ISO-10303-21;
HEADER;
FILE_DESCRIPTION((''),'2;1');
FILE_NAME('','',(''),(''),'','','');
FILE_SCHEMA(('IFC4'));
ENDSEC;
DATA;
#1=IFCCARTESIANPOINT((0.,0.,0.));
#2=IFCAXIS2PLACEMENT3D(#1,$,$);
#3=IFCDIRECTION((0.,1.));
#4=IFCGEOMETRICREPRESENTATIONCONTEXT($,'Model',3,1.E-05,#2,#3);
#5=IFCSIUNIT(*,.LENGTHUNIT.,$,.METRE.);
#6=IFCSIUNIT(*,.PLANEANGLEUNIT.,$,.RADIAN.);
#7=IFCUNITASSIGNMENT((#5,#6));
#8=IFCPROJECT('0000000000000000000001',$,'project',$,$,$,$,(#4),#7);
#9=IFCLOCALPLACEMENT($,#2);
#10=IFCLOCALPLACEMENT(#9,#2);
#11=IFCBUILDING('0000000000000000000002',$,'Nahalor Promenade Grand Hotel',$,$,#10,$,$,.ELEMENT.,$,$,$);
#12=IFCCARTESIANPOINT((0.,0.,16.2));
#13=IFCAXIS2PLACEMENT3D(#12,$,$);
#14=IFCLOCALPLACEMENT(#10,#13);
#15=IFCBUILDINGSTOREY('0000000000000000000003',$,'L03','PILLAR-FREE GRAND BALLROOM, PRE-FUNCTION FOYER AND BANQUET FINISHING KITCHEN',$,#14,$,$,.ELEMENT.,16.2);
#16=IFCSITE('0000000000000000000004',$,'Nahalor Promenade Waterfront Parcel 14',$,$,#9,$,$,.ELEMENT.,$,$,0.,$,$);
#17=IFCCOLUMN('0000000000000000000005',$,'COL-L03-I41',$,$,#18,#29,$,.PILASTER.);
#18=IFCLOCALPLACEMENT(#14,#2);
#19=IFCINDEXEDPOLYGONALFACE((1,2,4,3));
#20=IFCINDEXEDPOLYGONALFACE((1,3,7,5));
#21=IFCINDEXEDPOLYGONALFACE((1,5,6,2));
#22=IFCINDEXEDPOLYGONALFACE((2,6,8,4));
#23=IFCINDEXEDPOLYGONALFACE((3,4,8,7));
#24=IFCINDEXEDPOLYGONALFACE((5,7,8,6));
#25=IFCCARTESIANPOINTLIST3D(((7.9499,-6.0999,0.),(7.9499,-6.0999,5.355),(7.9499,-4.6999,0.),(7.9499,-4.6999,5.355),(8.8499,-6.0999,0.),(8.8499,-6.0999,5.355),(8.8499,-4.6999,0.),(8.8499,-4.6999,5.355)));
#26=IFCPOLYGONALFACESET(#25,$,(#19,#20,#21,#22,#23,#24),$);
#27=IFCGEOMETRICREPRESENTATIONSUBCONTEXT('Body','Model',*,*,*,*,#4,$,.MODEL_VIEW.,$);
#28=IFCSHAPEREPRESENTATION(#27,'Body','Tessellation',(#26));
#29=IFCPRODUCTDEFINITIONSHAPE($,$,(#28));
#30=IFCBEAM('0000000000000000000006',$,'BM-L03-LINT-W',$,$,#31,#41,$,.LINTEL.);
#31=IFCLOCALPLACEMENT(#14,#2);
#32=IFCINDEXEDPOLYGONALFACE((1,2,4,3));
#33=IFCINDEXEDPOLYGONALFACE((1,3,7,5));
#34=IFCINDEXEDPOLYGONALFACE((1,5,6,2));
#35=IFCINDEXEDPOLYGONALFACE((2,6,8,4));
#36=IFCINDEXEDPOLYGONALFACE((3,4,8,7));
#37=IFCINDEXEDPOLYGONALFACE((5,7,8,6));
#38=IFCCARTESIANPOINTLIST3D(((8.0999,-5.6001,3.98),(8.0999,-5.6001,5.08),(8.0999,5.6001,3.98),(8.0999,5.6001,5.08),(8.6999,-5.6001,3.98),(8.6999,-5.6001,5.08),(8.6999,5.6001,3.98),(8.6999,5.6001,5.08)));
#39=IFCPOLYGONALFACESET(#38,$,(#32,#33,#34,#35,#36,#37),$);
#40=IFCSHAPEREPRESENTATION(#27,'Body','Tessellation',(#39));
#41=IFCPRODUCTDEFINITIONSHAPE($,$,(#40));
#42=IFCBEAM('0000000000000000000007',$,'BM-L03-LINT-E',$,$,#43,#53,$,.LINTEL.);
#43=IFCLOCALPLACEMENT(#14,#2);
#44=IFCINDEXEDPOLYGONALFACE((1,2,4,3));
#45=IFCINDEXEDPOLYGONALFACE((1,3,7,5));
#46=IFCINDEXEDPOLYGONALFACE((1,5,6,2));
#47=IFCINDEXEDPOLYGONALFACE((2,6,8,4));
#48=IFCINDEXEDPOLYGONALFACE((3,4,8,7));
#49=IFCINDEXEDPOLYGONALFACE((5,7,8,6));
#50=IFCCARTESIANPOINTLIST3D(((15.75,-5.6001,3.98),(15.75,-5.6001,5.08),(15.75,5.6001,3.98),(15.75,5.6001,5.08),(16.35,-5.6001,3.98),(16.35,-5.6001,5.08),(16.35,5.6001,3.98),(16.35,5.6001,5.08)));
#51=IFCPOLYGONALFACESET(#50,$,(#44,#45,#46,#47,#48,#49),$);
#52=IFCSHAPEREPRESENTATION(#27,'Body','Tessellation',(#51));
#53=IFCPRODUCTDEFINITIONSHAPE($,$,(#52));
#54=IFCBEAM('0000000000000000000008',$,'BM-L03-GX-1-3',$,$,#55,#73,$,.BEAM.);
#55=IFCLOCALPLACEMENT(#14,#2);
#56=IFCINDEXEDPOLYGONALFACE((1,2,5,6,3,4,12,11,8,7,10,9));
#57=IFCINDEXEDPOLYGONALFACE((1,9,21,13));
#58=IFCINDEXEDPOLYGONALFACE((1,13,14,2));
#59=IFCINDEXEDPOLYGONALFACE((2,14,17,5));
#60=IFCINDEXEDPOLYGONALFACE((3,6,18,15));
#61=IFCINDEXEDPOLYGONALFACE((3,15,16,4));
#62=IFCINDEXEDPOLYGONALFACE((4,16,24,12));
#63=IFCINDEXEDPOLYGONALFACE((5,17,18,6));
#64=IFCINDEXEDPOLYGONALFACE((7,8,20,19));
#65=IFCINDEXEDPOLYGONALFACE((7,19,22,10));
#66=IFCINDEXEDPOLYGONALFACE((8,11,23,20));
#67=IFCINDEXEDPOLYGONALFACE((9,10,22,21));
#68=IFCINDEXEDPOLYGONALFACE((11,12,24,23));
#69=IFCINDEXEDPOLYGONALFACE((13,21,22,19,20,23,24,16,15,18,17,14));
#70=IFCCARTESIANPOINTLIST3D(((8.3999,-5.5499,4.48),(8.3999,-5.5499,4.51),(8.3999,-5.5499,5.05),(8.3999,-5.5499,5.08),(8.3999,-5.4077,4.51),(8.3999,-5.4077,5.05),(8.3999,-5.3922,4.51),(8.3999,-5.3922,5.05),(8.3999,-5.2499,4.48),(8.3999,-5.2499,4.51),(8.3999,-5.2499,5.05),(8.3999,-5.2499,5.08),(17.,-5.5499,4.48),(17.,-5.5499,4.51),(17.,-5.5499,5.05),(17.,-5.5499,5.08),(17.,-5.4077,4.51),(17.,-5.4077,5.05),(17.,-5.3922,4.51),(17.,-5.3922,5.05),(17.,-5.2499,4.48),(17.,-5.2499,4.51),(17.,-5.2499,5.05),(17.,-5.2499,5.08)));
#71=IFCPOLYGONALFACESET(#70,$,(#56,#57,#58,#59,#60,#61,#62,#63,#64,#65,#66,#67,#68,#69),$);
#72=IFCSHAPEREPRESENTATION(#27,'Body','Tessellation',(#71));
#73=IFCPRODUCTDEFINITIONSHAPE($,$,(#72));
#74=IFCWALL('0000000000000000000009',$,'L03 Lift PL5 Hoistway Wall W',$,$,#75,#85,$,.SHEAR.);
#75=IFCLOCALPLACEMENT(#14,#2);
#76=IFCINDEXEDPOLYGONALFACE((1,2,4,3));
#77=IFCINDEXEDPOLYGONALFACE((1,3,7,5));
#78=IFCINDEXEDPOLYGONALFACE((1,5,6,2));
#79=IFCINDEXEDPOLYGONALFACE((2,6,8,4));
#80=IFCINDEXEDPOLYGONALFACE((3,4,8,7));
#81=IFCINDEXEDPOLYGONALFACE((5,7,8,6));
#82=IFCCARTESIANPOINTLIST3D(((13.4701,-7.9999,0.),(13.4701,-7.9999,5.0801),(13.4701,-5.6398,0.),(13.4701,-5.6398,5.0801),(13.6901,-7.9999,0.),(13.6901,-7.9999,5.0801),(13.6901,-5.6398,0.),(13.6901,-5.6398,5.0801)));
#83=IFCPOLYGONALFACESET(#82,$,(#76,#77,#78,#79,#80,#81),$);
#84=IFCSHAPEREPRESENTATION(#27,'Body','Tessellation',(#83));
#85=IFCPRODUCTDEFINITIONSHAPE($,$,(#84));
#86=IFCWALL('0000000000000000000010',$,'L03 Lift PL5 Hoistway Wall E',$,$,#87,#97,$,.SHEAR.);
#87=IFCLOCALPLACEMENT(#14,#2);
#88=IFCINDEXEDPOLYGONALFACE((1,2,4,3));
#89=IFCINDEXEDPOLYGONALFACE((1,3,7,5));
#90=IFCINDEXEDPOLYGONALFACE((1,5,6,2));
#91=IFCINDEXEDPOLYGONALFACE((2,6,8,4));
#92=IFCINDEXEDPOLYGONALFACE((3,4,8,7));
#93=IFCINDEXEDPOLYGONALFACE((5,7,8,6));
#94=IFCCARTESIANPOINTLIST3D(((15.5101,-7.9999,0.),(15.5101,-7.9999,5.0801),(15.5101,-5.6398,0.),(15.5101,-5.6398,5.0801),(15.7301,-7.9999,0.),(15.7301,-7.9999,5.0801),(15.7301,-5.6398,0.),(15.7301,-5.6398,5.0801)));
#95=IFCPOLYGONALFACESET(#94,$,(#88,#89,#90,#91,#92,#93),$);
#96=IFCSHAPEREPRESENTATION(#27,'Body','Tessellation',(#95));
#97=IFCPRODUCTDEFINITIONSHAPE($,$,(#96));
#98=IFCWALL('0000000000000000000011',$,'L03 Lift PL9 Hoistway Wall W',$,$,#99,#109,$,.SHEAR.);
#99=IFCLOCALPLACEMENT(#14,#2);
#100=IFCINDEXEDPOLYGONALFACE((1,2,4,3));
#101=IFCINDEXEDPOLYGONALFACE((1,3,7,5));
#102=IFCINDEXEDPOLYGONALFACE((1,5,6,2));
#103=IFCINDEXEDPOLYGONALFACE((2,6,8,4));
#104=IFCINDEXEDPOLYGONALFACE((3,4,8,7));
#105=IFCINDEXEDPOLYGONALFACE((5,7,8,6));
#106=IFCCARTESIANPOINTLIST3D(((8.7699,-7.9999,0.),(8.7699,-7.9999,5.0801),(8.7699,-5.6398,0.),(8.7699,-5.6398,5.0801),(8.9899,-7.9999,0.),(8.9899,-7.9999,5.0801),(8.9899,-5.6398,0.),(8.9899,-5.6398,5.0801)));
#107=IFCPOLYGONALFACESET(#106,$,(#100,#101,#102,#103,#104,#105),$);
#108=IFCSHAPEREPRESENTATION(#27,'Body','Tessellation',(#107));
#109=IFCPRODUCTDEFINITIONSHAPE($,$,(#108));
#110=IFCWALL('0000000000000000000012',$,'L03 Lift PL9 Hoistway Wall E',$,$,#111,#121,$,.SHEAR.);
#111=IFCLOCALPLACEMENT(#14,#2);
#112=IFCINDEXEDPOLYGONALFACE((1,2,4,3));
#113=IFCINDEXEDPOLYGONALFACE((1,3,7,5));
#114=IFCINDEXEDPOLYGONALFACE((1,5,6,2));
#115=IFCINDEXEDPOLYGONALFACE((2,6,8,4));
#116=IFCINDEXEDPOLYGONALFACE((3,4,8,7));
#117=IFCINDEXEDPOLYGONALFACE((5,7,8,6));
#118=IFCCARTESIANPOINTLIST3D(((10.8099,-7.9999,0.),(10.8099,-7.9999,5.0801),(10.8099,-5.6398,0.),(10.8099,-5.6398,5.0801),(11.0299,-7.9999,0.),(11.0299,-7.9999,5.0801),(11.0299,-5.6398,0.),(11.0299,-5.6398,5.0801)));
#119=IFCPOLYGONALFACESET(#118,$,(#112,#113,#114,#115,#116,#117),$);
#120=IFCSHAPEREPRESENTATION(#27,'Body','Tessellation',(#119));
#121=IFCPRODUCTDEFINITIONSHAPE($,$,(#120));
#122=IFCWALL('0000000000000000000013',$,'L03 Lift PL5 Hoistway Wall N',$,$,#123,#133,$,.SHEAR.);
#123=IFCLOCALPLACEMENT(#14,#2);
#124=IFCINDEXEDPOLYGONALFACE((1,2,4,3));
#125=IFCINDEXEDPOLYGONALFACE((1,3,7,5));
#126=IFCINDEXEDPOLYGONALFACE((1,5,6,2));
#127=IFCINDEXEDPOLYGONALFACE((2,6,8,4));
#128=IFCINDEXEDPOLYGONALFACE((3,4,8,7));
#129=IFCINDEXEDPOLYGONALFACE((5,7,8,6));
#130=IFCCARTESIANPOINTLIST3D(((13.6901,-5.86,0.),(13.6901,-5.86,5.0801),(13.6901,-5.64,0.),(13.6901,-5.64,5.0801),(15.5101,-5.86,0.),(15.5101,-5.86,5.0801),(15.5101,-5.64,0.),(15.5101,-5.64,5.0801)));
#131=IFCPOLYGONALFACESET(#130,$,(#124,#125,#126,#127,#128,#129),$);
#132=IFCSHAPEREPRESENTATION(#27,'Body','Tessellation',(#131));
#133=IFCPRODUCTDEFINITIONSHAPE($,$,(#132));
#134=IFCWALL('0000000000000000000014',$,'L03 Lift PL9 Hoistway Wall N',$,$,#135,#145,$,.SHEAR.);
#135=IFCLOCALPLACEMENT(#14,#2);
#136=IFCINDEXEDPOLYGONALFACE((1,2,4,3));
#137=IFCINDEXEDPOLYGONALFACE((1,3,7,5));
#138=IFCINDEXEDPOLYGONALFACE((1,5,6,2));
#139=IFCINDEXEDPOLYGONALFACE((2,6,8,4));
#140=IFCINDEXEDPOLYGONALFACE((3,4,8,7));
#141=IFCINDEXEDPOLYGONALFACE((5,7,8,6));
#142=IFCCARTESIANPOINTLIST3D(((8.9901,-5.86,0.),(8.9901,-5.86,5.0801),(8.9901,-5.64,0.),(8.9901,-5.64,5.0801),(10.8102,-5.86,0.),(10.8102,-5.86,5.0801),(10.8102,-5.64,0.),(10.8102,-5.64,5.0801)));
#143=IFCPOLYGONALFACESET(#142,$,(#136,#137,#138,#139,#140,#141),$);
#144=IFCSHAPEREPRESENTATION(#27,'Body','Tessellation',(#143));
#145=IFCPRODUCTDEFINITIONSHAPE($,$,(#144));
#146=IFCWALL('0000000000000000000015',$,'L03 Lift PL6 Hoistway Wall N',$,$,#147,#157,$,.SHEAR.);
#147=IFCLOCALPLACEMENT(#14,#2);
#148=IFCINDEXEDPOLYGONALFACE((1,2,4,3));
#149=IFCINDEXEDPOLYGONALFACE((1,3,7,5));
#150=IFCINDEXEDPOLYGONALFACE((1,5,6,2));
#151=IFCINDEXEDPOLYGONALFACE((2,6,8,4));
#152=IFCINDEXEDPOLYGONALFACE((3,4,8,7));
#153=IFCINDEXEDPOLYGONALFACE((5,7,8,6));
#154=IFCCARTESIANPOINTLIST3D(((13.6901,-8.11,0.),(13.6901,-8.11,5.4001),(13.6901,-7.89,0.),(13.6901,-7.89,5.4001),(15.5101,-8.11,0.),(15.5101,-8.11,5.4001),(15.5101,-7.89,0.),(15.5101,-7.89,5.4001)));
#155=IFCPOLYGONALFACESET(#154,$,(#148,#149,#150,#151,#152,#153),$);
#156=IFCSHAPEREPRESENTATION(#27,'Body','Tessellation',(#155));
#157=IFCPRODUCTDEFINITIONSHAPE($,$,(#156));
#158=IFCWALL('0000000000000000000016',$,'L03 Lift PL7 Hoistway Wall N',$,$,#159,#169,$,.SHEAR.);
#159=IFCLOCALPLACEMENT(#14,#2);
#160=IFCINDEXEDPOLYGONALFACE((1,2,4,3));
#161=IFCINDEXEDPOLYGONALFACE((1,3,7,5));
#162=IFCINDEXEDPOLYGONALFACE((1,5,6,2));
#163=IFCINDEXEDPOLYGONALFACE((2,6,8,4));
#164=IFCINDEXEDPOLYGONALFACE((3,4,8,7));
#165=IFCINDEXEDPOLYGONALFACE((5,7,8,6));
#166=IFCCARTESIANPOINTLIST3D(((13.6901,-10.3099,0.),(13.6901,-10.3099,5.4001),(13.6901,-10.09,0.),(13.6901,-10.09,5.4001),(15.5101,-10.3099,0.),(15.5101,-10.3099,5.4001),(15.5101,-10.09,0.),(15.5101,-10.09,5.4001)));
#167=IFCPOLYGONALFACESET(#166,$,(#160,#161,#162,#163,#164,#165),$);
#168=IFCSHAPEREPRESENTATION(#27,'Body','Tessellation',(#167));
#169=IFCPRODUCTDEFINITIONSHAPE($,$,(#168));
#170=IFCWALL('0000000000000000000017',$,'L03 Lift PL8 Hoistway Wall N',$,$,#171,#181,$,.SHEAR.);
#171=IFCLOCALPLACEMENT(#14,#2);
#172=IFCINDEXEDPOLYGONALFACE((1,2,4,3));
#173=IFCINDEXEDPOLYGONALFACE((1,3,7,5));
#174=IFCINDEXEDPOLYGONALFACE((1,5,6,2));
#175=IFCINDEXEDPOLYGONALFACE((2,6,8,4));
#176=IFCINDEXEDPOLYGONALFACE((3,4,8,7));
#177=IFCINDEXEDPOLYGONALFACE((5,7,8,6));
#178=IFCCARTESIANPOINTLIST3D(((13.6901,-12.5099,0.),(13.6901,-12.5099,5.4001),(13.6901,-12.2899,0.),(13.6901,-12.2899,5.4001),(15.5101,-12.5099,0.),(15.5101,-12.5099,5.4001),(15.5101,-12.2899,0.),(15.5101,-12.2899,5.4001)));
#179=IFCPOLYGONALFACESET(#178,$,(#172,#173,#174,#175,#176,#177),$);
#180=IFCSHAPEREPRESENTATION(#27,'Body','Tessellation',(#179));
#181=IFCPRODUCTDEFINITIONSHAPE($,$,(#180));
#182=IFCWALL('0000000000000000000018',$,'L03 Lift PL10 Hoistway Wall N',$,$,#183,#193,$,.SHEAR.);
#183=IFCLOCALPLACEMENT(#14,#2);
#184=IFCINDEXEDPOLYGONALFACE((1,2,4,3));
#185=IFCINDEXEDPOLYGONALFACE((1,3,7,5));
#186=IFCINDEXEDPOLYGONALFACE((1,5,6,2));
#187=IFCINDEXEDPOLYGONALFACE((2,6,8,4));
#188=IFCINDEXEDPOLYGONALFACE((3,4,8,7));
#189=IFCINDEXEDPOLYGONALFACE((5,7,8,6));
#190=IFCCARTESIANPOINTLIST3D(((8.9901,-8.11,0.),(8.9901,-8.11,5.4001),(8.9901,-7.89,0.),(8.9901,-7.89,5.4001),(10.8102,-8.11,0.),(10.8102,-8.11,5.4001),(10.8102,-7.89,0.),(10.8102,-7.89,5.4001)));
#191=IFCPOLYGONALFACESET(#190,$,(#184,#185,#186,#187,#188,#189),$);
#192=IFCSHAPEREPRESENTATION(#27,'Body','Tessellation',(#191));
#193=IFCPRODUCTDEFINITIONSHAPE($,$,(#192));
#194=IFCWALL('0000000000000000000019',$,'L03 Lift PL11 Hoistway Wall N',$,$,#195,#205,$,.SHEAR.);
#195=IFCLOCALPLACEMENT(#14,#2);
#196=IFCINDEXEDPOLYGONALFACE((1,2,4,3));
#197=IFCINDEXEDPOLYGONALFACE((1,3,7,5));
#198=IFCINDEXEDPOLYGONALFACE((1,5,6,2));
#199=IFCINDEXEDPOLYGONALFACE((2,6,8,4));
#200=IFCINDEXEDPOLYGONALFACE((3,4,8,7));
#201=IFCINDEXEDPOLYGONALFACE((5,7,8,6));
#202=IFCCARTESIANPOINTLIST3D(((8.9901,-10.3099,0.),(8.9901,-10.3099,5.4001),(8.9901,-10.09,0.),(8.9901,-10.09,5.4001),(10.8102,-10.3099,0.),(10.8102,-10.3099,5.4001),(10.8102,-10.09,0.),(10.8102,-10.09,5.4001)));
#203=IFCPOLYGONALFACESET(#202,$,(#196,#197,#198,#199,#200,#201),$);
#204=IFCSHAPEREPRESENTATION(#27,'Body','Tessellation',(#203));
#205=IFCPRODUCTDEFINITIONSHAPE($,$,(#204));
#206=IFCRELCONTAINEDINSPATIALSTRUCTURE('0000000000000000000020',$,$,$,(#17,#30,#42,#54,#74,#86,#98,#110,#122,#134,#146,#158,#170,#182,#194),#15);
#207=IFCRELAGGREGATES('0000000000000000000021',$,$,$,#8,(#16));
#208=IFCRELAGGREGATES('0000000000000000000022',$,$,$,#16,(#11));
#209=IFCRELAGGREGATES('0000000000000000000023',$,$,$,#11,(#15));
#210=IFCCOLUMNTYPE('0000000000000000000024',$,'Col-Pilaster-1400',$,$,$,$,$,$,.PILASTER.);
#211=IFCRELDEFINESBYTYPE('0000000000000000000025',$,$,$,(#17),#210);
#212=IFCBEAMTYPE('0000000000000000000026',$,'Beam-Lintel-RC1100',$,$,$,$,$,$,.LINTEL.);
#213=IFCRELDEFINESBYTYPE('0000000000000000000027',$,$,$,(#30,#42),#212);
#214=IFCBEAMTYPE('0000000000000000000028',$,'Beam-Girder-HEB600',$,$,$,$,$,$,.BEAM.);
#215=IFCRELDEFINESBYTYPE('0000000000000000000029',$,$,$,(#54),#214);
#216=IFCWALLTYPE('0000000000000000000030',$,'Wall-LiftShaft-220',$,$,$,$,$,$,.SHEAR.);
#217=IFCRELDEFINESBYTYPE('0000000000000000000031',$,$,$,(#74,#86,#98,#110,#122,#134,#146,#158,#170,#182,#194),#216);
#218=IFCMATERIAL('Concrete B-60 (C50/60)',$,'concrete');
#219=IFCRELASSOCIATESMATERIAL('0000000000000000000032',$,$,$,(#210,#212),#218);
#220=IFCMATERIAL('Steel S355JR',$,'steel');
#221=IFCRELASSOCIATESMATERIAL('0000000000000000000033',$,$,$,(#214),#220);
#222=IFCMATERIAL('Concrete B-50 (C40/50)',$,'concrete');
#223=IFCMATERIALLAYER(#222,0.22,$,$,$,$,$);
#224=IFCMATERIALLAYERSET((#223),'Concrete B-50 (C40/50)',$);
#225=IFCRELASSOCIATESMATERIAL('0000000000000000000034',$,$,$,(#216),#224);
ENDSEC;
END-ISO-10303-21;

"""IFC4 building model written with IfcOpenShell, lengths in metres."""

from ifc_helpers import new_model, si_unit, direction, frame, frame_2d, origin, origin_2d, place, context, subcontext, project, spatial, rectangle, i_section, extrude, source, transform, mapped, material, layer, layer_set, material_profile, profile_set, type_object, element, save


model = new_model("IFC4")

# Units and contexts
model_context = context("Model", 3, precision=1e-05, world=origin(), true_north=direction((0.0, 1.0)))
body_context = subcontext(model_context, "Body", "Model", "MODEL_VIEW")
ifc_project = project(units=[si_unit("LENGTHUNIT", "METRE"), si_unit("PLANEANGLEUNIT", "RADIAN")], contexts=[model_context])

# Site, building, storey
site_placement = place(None, origin())
site = spatial("IfcSite", under=ifc_project, at=site_placement, Name="Nahalor Promenade Waterfront Parcel 14", CompositionType="ELEMENT", RefElevation=0.0)
building_placement = place(site_placement, origin())
building = spatial("IfcBuilding", under=site, at=building_placement, Name="Nahalor Promenade Grand Hotel", CompositionType="ELEMENT")
storey_placement = place(building_placement, frame((0.0, 0.0, 16.2)))
storey = spatial("IfcBuildingStorey", under=building, at=storey_placement, Name="L03", Description="PILLAR-FREE GRAND BALLROOM, PRE-FUNCTION FOYER AND BANQUET FINISHING KITCHEN", CompositionType="ELEMENT", Elevation=16.2)

# Column
ifc_material_1 = material(Name="Concrete B-60 (C50/60)", Category="concrete")
ifc_material_profile_1 = material_profile(ifc_material_1, rectangle(XDim=0.9, YDim=1.4, at=origin_2d()), Name="RC 900x1400")
ifc_profile_set_1 = profile_set([ifc_material_profile_1], Name="Concrete B-60 (C50/60)")
column_type = type_object("IfcColumnType", Name="Col-Pilaster-1400", PredefinedType="PILASTER", material=ifc_profile_set_1)
shared_shape_1 = source(origin(), body_context, "Body", "SweptSolid", [
    extrude(rectangle(XDim=0.9, YDim=1.4, at=origin_2d()), origin(), (0.0, 0.0, 1.0), 5.355),
])
column_placement = place(storey_placement, frame((8.3999, -5.3999, 0.0), z_axis=(0.0, 0.0, 1.0), x_axis=(1.0, 0.0, 0.0)))
element("IfcColumn", 1, at=column_placement, inside=storey, type_object=column_type, Name="COL-L03-I41", PredefinedType="PILASTER", context=body_context, shape_type="MappedRepresentation", body=[
    mapped(shared_shape_1, transform((0.0, 0.0, 0.0), scale=1.0)),
])

# Beams
ifc_material_profile_2 = material_profile(ifc_material_1, rectangle(XDim=0.6, YDim=1.1, at=origin_2d()), Name="RC 600x1100")
ifc_profile_set_2 = profile_set([ifc_material_profile_2], Name="Concrete B-60 (C50/60)")
beam_type_1 = type_object("IfcBeamType", Name="Beam-Lintel-RC1100", PredefinedType="LINTEL", material=ifc_profile_set_2)
shared_shape_2 = source(origin(), body_context, "Body", "SweptSolid", [
    extrude(rectangle(XDim=0.6, YDim=1.1, at=origin_2d()), origin(), (0.0, 0.0, 1.0), 11.2002),
])
for number, where, z_axis, x_axis, name in (
    (2, (8.3999, -5.6001, 4.53), (0.0, 1.0, 0.0), (-1.0, 0.0, 0.0), "BM-L03-LINT-W"),
    (3, (16.05, -5.6001, 4.53), (0.0, 1.0, 0.0), (-1.0, 0.0, 0.0), "BM-L03-LINT-E"),
):
    element("IfcBeam", number, at=place(storey_placement, frame(where, z_axis=z_axis, x_axis=x_axis)), inside=storey, type_object=beam_type_1, Name=name, PredefinedType="LINTEL", context=body_context, shape_type="MappedRepresentation", body=[
        mapped(shared_shape_2, transform((0.0, 0.0, 0.0), scale=1.0)),
    ])
ifc_material_2 = material(Name="Steel S355JR", Category="steel")
ifc_material_profile_3 = material_profile(ifc_material_2, i_section(OverallWidth=0.3, OverallDepth=0.6, WebThickness=0.0155, FlangeThickness=0.03, at=origin_2d()), Name="HEB 600")
ifc_profile_set_3 = profile_set([ifc_material_profile_3], Name="Steel S355JR")
beam_type_2 = type_object("IfcBeamType", Name="Beam-Girder-HEB600", PredefinedType="BEAM", material=ifc_profile_set_3)
shared_shape_3 = source(origin(), body_context, "Body", "SweptSolid", [
    extrude(i_section(OverallWidth=0.3, OverallDepth=0.6, WebThickness=0.0155, FlangeThickness=0.03, at=origin_2d()), origin(), (0.0, 0.0, 1.0), 8.6001),
])
beam_placement = place(storey_placement, frame((8.3999, -5.3999, 4.78), z_axis=(1.0, 0.0, 0.0), x_axis=(0.0, 1.0, 0.0)))
element("IfcBeam", 4, at=beam_placement, inside=storey, type_object=beam_type_2, Name="BM-L03-GX-1-3", PredefinedType="BEAM", context=body_context, shape_type="MappedRepresentation", body=[
    mapped(shared_shape_3, transform((0.0, 0.0, 0.0), scale=1.0)),
])

# Walls
ifc_material_3 = material(Name="Concrete B-50 (C40/50)", Category="concrete")
ifc_layer_1 = layer(ifc_material_3, 0.22)
ifc_layer_set_1 = layer_set([ifc_layer_1], Name="Concrete B-50 (C40/50)")
wall_type_1 = type_object("IfcWallType", Name="Wall-LiftShaft-220", PredefinedType="SHEAR", material=ifc_layer_set_1)
shared_shape_4 = source(origin(), body_context, "Body", "SweptSolid", [
    extrude(rectangle(XDim=2.3601, YDim=0.22, at=frame_2d((1.1802, 0.0))), origin(), (0.0, 0.0, 1.0), 5.0801),
])
for number, where, z_axis, x_axis, name in (
    (5, (13.5801, -8.0, 0.0), (0.0, 0.0, 1.0), (0.0, 1.0, 0.0), "L03 Lift PL5 Hoistway Wall W"),
    (6, (15.6201, -8.0, 0.0), (0.0, 0.0, 1.0), (0.0, 1.0, 0.0), "L03 Lift PL5 Hoistway Wall E"),
    (7, (8.8799, -8.0, 0.0), (0.0, 0.0, 1.0), (0.0, 1.0, 0.0), "L03 Lift PL9 Hoistway Wall W"),
    (8, (10.9199, -8.0, 0.0), (0.0, 0.0, 1.0), (0.0, 1.0, 0.0), "L03 Lift PL9 Hoistway Wall E"),
):
    element("IfcWall", number, at=place(storey_placement, frame(where, z_axis=z_axis, x_axis=x_axis)), inside=storey, type_object=wall_type_1, Name=name, PredefinedType="SHEAR", context=body_context, shape_type="MappedRepresentation", body=[
        mapped(shared_shape_4, transform((0.0, 0.0, 0.0), scale=1.0)),
    ])
shared_shape_5 = source(origin(), body_context, "Body", "SweptSolid", [
    extrude(rectangle(XDim=1.8201, YDim=0.22, at=frame_2d((0.9102, 0.0))), origin(), (0.0, 0.0, 1.0), 5.0801),
])
for number, where, z_axis, x_axis, name in (
    (9, (13.6899, -5.75, 0.0), (0.0, 0.0, 1.0), (1.0, 0.0, 0.0), "L03 Lift PL5 Hoistway Wall N"),
    (10, (8.99, -5.75, 0.0), (0.0, 0.0, 1.0), (1.0, 0.0, 0.0), "L03 Lift PL9 Hoistway Wall N"),
):
    element("IfcWall", number, at=place(storey_placement, frame(where, z_axis=z_axis, x_axis=x_axis)), inside=storey, type_object=wall_type_1, Name=name, PredefinedType="SHEAR", context=body_context, shape_type="MappedRepresentation", body=[
        mapped(shared_shape_5, transform((0.0, 0.0, 0.0), scale=1.0)),
    ])
shared_shape_6 = source(origin(), body_context, "Body", "SweptSolid", [
    extrude(rectangle(XDim=1.8201, YDim=0.22, at=frame_2d((0.9102, 0.0))), origin(), (0.0, 0.0, 1.0), 5.4001),
])
for number, where, z_axis, x_axis, name in (
    (11, (13.6899, -8.0, 0.0), (0.0, 0.0, 1.0), (1.0, 0.0, 0.0), "L03 Lift PL6 Hoistway Wall N"),
    (12, (13.6899, -10.2, 0.0), (0.0, 0.0, 1.0), (1.0, 0.0, 0.0), "L03 Lift PL7 Hoistway Wall N"),
    (13, (13.6899, -12.3999, 0.0), (0.0, 0.0, 1.0), (1.0, 0.0, 0.0), "L03 Lift PL8 Hoistway Wall N"),
    (14, (8.99, -8.0, 0.0), (0.0, 0.0, 1.0), (1.0, 0.0, 0.0), "L03 Lift PL10 Hoistway Wall N"),
    (15, (8.99, -10.2, 0.0), (0.0, 0.0, 1.0), (1.0, 0.0, 0.0), "L03 Lift PL11 Hoistway Wall N"),
):
    element("IfcWall", number, at=place(storey_placement, frame(where, z_axis=z_axis, x_axis=x_axis)), inside=storey, type_object=wall_type_1, Name=name, PredefinedType="SHEAR", context=body_context, shape_type="MappedRepresentation", body=[
        mapped(shared_shape_6, transform((0.0, 0.0, 0.0), scale=1.0)),
    ])

save(model, "model.ifc")
